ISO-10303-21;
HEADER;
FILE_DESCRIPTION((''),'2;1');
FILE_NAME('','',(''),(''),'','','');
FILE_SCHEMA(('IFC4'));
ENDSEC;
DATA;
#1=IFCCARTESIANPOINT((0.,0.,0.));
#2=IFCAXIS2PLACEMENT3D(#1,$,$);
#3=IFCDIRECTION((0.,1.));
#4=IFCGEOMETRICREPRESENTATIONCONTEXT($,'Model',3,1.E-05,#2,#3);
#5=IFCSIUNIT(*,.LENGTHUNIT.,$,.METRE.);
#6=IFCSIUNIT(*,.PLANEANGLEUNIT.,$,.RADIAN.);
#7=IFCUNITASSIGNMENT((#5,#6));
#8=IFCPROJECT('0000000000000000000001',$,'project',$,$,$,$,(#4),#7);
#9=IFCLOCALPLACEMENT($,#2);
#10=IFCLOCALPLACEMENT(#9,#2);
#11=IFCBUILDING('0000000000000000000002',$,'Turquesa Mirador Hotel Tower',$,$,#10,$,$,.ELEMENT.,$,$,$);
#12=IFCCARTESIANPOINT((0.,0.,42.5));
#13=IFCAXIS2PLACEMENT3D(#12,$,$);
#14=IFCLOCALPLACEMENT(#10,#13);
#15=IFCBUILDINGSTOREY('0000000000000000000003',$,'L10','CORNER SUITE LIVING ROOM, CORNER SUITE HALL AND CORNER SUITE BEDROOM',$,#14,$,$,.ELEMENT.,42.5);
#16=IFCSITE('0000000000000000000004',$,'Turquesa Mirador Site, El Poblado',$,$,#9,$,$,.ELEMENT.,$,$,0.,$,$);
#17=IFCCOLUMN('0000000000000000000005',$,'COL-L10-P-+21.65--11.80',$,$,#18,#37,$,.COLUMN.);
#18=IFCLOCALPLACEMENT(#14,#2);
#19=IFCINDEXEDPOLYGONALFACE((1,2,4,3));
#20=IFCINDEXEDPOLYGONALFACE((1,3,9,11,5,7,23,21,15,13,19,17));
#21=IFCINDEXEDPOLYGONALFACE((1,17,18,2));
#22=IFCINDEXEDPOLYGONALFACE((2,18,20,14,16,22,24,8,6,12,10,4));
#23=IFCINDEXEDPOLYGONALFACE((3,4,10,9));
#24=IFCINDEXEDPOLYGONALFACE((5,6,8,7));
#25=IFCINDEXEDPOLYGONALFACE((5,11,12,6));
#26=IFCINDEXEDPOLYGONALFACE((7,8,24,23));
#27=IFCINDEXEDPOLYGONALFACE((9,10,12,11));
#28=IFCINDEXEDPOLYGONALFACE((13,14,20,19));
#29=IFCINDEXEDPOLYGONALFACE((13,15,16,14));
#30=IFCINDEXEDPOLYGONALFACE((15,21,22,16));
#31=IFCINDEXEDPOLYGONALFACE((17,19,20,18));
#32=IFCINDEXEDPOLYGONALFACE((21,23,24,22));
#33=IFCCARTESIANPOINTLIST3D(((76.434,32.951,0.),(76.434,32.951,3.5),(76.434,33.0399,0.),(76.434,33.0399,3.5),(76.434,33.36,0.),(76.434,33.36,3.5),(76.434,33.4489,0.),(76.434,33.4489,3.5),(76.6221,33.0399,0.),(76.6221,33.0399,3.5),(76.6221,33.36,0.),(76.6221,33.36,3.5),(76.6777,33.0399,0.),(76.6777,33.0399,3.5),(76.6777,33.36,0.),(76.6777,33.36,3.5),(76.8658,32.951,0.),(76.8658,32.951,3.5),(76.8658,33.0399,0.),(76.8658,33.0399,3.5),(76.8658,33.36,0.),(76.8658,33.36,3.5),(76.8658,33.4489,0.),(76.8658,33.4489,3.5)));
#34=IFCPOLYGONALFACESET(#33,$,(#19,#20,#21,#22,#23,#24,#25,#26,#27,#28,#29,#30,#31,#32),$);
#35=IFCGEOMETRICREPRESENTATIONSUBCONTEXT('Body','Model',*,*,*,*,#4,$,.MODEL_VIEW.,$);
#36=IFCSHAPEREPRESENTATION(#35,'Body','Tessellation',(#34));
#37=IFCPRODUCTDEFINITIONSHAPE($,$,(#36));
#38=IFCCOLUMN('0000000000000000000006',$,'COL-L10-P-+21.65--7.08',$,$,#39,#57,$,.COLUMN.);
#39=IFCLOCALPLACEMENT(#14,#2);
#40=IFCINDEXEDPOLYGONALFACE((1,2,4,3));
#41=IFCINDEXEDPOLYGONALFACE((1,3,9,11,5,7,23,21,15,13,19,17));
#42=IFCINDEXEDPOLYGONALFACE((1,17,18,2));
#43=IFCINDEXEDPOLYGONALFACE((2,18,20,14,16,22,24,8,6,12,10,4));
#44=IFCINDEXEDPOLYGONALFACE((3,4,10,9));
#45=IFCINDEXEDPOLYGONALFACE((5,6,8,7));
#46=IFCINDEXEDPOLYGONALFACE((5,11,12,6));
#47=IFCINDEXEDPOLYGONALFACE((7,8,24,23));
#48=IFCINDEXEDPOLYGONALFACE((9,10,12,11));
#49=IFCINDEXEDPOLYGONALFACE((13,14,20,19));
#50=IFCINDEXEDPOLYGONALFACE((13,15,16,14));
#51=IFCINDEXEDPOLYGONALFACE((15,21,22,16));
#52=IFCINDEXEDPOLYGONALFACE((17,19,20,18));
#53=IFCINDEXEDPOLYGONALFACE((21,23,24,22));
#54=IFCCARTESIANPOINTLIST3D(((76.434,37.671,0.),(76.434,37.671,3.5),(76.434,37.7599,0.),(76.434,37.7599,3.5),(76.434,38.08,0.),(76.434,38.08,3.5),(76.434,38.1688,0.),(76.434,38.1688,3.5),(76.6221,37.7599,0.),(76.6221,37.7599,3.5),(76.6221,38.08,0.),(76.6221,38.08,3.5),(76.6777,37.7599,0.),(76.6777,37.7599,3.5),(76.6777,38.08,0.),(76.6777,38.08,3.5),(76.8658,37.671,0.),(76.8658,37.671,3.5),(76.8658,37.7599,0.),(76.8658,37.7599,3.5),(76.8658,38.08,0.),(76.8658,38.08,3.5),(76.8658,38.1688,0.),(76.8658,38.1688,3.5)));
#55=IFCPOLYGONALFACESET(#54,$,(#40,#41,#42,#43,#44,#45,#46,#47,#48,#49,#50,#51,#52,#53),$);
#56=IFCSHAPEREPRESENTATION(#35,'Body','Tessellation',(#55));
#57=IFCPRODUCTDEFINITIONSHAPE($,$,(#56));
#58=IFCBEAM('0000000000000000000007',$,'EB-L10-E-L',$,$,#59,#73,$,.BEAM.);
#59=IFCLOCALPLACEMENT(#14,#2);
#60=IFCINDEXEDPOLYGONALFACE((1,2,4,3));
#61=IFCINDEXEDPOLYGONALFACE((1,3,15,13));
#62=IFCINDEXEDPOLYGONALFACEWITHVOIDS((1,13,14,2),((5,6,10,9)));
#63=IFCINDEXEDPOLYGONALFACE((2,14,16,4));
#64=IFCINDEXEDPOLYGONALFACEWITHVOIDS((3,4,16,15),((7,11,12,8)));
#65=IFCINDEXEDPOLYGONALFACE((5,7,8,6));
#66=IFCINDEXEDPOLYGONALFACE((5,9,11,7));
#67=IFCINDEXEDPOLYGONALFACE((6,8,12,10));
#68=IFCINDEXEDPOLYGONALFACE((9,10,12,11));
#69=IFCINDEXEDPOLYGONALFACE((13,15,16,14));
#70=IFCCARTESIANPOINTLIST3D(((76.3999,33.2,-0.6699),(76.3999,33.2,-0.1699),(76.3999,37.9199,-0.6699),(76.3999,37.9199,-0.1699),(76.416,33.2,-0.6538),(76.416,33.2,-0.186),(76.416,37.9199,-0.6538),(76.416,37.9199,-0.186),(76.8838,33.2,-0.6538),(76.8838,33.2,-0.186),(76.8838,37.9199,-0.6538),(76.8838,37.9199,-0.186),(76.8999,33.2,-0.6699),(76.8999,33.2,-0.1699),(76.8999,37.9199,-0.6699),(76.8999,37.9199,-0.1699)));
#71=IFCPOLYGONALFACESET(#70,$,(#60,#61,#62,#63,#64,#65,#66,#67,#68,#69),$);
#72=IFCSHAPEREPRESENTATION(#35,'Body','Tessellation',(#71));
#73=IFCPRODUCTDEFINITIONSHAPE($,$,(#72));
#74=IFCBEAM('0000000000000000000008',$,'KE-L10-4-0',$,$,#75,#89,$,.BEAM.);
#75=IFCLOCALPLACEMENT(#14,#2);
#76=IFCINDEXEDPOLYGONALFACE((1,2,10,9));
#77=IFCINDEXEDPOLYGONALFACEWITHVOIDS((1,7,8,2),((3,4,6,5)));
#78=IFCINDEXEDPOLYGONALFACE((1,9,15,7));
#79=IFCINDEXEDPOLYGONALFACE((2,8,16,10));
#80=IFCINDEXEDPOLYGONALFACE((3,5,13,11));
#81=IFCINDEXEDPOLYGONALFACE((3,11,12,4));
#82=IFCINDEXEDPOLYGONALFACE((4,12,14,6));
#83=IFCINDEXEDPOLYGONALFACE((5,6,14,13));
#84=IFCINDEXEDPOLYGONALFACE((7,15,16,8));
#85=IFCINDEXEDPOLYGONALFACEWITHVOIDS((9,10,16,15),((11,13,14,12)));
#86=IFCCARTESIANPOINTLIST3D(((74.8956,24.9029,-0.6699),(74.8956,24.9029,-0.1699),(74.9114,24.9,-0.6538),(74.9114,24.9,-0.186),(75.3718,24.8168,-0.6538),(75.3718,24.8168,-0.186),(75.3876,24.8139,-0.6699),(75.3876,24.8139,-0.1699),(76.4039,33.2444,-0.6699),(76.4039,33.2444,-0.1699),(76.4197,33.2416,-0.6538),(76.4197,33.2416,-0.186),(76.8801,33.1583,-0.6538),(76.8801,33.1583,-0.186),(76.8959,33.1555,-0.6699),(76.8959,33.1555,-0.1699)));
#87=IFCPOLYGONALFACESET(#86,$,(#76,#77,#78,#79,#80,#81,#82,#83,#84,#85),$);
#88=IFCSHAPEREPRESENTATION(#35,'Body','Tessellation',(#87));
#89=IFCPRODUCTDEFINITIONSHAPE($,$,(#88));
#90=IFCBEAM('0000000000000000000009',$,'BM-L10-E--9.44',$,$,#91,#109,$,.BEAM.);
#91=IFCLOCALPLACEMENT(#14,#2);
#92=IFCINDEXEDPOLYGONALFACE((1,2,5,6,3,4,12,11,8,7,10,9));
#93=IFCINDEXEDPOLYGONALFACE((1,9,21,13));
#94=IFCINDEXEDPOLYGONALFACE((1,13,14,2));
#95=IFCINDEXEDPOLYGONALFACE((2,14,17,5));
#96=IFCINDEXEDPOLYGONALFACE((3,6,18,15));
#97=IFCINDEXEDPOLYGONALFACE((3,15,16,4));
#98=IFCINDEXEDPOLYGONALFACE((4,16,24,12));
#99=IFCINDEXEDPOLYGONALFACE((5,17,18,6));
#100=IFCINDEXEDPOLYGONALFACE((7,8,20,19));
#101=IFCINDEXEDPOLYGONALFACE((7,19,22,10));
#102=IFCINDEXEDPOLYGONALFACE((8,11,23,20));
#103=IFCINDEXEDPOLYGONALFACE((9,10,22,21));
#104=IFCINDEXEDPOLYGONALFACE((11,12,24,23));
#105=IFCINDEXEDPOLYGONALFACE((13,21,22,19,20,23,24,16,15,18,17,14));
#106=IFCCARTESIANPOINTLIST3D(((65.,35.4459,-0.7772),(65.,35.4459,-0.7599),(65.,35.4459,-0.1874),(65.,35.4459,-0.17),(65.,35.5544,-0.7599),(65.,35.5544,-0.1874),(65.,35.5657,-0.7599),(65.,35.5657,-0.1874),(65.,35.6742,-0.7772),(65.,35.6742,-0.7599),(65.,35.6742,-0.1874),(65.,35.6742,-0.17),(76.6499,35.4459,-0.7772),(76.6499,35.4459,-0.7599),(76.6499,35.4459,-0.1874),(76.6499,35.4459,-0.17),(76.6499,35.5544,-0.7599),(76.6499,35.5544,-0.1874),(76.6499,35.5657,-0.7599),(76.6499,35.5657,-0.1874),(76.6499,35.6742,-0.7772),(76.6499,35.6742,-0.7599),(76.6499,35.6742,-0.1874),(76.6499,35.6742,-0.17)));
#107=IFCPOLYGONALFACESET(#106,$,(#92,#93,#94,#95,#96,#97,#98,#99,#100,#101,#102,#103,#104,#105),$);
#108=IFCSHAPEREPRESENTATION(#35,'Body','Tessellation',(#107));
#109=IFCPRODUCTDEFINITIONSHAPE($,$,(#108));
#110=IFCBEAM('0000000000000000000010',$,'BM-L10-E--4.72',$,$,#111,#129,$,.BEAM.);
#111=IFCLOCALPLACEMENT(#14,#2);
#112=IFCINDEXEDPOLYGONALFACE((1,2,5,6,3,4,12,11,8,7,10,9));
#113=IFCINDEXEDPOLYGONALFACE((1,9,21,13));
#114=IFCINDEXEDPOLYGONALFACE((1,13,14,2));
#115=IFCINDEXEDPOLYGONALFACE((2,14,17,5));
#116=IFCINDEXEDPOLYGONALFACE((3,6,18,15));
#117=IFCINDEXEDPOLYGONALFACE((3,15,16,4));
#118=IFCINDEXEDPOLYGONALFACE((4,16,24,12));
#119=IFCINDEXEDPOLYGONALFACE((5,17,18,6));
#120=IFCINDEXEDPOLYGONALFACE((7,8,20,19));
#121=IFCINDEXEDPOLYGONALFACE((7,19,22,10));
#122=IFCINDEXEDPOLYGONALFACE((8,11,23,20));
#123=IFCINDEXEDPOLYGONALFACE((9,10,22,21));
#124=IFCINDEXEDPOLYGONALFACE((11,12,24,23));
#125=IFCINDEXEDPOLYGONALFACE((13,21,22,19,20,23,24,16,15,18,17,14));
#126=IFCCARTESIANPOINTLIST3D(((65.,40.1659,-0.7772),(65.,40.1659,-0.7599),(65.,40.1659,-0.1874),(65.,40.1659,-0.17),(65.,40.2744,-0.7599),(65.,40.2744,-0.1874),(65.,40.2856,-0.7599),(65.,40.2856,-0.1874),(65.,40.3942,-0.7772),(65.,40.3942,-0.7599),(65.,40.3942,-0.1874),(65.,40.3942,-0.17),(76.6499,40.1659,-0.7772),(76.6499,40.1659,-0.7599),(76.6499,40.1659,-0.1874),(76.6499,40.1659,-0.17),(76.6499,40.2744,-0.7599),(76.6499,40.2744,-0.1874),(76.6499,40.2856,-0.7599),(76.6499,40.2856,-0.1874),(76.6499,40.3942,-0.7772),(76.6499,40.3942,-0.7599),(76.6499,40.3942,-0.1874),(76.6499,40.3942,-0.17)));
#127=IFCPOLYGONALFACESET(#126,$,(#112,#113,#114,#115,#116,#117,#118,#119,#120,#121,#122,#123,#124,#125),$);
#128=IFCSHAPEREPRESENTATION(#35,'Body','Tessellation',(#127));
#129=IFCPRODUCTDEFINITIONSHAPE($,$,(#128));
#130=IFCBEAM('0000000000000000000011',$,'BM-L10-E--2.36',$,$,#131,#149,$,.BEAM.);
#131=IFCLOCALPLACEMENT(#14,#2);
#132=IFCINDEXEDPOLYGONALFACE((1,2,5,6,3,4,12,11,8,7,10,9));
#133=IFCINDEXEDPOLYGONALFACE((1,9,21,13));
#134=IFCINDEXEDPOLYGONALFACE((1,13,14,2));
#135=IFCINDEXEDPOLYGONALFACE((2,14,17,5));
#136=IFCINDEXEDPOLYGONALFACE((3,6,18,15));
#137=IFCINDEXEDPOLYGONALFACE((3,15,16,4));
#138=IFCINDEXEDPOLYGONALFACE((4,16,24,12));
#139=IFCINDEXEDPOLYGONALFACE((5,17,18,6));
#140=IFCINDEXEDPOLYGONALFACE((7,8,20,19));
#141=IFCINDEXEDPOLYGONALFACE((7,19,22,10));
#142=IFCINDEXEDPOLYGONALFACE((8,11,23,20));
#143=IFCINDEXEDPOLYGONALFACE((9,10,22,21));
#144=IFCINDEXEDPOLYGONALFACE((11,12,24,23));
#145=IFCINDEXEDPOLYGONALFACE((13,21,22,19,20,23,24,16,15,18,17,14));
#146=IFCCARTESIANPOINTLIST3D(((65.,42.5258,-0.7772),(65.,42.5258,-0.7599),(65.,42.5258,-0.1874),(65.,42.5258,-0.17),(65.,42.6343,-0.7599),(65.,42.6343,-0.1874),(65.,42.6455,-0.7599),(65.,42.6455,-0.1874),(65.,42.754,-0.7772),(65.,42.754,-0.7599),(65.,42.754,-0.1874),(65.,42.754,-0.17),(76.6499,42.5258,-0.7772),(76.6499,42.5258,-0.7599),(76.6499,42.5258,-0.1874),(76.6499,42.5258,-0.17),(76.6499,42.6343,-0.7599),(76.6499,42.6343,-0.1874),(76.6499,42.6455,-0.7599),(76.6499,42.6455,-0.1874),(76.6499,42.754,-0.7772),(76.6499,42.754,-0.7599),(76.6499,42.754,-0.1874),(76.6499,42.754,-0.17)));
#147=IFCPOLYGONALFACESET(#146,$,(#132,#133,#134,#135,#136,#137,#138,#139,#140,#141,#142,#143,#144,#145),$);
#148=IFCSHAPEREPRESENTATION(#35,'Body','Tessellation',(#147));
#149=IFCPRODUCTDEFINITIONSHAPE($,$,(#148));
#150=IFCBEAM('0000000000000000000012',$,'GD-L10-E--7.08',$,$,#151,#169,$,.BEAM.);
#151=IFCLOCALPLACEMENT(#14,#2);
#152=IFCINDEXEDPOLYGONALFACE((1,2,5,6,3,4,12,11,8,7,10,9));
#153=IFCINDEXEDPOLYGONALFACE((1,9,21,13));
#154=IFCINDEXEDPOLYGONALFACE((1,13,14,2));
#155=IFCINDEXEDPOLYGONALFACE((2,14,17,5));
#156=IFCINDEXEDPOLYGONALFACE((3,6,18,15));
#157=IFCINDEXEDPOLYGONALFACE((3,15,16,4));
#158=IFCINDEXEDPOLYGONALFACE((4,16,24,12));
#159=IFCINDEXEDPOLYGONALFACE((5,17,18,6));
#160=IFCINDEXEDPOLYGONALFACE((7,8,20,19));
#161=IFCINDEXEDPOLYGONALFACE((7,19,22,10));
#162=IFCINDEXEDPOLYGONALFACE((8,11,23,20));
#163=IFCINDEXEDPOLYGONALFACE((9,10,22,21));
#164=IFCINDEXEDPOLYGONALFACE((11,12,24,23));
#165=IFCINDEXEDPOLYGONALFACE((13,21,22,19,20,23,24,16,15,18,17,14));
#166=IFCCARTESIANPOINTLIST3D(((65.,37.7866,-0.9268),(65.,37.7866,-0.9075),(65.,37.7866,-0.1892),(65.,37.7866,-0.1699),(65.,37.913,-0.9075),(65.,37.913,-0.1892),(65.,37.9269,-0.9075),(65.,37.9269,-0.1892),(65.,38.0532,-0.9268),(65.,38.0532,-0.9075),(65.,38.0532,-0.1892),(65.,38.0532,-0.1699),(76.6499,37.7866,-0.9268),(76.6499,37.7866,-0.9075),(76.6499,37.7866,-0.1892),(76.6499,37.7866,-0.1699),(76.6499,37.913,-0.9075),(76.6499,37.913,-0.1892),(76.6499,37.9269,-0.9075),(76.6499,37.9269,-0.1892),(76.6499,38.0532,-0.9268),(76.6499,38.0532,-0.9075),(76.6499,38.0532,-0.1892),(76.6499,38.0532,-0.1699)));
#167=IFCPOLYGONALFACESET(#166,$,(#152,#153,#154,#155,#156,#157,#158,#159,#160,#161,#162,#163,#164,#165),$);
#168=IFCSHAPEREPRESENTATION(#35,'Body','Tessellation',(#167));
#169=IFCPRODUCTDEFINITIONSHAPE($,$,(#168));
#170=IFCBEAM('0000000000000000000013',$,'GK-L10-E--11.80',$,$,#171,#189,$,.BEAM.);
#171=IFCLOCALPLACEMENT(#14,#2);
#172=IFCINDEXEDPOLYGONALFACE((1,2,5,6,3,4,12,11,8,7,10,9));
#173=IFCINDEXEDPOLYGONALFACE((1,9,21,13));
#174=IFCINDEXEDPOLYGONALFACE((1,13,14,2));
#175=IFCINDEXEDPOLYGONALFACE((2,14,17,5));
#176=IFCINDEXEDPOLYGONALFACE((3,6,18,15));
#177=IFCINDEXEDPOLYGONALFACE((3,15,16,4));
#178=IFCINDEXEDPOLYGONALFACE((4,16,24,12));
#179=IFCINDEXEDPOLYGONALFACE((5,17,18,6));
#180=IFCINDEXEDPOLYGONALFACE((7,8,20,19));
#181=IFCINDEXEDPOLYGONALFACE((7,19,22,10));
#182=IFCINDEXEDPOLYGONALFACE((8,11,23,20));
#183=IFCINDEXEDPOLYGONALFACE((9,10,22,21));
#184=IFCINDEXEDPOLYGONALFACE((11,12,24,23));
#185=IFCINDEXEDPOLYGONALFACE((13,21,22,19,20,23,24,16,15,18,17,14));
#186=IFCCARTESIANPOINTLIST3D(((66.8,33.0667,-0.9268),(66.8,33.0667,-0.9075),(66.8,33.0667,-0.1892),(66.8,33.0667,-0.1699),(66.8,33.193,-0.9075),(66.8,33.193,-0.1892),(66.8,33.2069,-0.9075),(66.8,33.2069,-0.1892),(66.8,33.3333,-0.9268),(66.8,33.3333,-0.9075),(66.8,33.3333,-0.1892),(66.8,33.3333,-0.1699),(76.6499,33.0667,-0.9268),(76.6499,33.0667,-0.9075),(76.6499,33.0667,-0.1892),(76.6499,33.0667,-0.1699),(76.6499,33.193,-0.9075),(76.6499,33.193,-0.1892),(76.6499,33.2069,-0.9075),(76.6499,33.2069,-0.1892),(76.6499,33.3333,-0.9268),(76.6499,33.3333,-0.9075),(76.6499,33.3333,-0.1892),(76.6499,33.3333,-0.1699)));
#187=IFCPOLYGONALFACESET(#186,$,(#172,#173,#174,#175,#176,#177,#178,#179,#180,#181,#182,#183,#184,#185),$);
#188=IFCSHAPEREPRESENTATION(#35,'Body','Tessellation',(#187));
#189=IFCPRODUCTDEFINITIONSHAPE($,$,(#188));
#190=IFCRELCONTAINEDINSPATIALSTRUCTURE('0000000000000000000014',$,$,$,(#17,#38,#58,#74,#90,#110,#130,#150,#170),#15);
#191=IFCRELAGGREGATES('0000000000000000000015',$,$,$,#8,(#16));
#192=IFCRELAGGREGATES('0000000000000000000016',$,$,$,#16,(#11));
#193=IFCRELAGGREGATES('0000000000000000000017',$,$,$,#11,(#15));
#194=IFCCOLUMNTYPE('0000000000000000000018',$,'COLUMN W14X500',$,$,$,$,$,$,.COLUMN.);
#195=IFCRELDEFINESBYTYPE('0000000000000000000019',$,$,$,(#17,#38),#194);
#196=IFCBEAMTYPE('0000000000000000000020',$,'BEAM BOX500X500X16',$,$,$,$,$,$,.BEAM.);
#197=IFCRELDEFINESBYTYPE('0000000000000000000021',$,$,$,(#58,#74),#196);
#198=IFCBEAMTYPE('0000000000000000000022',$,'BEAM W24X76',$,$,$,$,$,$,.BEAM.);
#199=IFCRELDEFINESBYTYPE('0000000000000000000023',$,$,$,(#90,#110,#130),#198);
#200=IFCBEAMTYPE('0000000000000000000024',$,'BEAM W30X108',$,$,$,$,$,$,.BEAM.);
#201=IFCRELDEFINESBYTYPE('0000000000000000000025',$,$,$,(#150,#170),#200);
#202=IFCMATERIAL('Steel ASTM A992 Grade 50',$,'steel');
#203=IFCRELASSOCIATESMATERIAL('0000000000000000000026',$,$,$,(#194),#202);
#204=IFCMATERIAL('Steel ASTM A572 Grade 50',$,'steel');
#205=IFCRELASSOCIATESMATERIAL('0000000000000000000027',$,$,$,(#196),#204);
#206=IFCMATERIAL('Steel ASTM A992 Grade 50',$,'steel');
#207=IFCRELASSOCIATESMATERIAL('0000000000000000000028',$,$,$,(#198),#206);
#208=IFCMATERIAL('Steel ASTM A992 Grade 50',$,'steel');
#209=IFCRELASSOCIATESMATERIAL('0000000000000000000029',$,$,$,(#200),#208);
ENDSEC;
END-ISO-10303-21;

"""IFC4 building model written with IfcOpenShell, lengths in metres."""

from ifc_helpers import new_model, si_unit, direction, frame, origin, origin_2d, place, context, subcontext, project, spatial, hollow_rectangle, i_section, extrude, material, material_profile, profile_set, type_object, element, save


model = new_model("IFC4")

# Units and contexts
model_context = context("Model", 3, precision=1e-05, world=origin(), true_north=direction((0.0, 1.0)))
body_context = subcontext(model_context, "Body", "Model", "MODEL_VIEW")
ifc_project = project(units=[si_unit("LENGTHUNIT", "METRE"), si_unit("PLANEANGLEUNIT", "RADIAN")], contexts=[model_context])

# Site, building, storey
site_placement = place(None, origin())
site = spatial("IfcSite", under=ifc_project, at=site_placement, Name="Turquesa Mirador Site, El Poblado", CompositionType="ELEMENT", RefElevation=0.0)
building_placement = place(site_placement, origin())
building = spatial("IfcBuilding", under=site, at=building_placement, Name="Turquesa Mirador Hotel Tower", CompositionType="ELEMENT")
storey_placement = place(building_placement, frame((0.0, 0.0, 42.5)))
storey = spatial("IfcBuildingStorey", under=building, at=storey_placement, Name="L10", Description="CORNER SUITE LIVING ROOM, CORNER SUITE HALL AND CORNER SUITE BEDROOM", CompositionType="ELEMENT", Elevation=42.5)

# Columns
ifc_material_1 = material(Name="Steel ASTM A992 Grade 50", Category="steel")
ifc_material_profile_1 = material_profile(ifc_material_1, i_section(OverallWidth=0.4319, OverallDepth=0.4978, WebThickness=0.0557, FlangeThickness=0.0889, at=origin_2d()), Name="W14X500")
ifc_profile_set_1 = profile_set([ifc_material_profile_1], Name="Steel ASTM A992 Grade 50")
column_type = type_object("IfcColumnType", Name="COLUMN W14X500", PredefinedType="COLUMN", material=ifc_profile_set_1)
for number, where, z_axis, x_axis, name in (
    (1, (76.6499, 33.2, 0.0), (0.0, 0.0, 1.0), (1.0, 0.0, 0.0), "COL-L10-P-+21.65--11.80"),
    (2, (76.6499, 37.9199, 0.0), (0.0, 0.0, 1.0), (1.0, 0.0, 0.0), "COL-L10-P-+21.65--7.08"),
):
    element("IfcColumn", number, at=place(storey_placement, frame(where, z_axis=z_axis, x_axis=x_axis)), inside=storey, type_object=column_type, Name=name, PredefinedType="COLUMN", context=body_context, shape_type="SweptSolid", body=[
        extrude(i_section(OverallWidth=0.4319, OverallDepth=0.4978, WebThickness=0.0557, FlangeThickness=0.0889, at=origin_2d()), origin(), (0.0, 0.0, 1.0), 3.5),
    ])

# Beams
ifc_material_2 = material(Name="Steel ASTM A572 Grade 50", Category="steel")
ifc_material_profile_2 = material_profile(ifc_material_2, hollow_rectangle(XDim=0.5, YDim=0.5, WallThickness=0.0161, at=origin_2d()), Name="BOX500X500X16")
ifc_profile_set_2 = profile_set([ifc_material_profile_2], Name="Steel ASTM A572 Grade 50")
beam_type_1 = type_object("IfcBeamType", Name="BEAM BOX500X500X16", PredefinedType="BEAM", material=ifc_profile_set_2)
beam_1_placement = place(storey_placement, frame((76.6499, 33.2, -0.4199), z_axis=(0.0, 1.0, 0.0), x_axis=(-1.0, 0.0, 0.0)))
element("IfcBeam", 3, at=beam_1_placement, inside=storey, type_object=beam_type_1, Name="EB-L10-E-L", PredefinedType="BEAM", context=body_context, shape_type="SweptSolid", body=[
    extrude(hollow_rectangle(XDim=0.5, YDim=0.5, WallThickness=0.0161, at=origin_2d()), origin(), (0.0, 0.0, 1.0), 4.72),
])
beam_2_placement = place(storey_placement, frame((76.6499, 33.2, -0.4199), z_axis=(-0.177932, -0.984043, 0.0), x_axis=(0.984043, -0.177932, 0.0)))
element("IfcBeam", 4, at=beam_2_placement, inside=storey, type_object=beam_type_1, Name="KE-L10-4-0", PredefinedType="BEAM", context=body_context, shape_type="SweptSolid", body=[
    extrude(hollow_rectangle(XDim=0.5, YDim=0.5, WallThickness=0.0161, at=origin_2d()), origin(), (0.0, 0.0, 1.0), 8.4768),
])
ifc_material_3 = material(Name="Steel ASTM A992 Grade 50", Category="steel")
ifc_material_profile_3 = material_profile(ifc_material_3, i_section(OverallWidth=0.2283, OverallDepth=0.6072, WebThickness=0.0112, FlangeThickness=0.0173, at=origin_2d()), Name="W24X76")
ifc_profile_set_3 = profile_set([ifc_material_profile_3], Name="Steel ASTM A992 Grade 50")
beam_type_2 = type_object("IfcBeamType", Name="BEAM W24X76", PredefinedType="BEAM", material=ifc_profile_set_3)
for number, where, z_axis, x_axis, name in (
    (5, (76.6499, 35.5601, -0.4736), (-1.0, 0.0, 0.0), (0.0, -1.0, 0.0), "BM-L10-E--9.44"),
    (6, (76.6499, 40.28, -0.4736), (-1.0, 0.0, 0.0), (0.0, -1.0, 0.0), "BM-L10-E--4.72"),
    (7, (76.6499, 42.6399, -0.4736), (-1.0, 0.0, 0.0), (0.0, -1.0, 0.0), "BM-L10-E--2.36"),
):
    element("IfcBeam", number, at=place(storey_placement, frame(where, z_axis=z_axis, x_axis=x_axis)), inside=storey, type_object=beam_type_2, Name=name, PredefinedType="BEAM", context=body_context, shape_type="SweptSolid", body=[
        extrude(i_section(OverallWidth=0.2283, OverallDepth=0.6072, WebThickness=0.0112, FlangeThickness=0.0173, at=origin_2d()), origin(), (0.0, 0.0, 1.0), 11.6499),
    ])
ifc_material_4 = material(Name="Steel ASTM A992 Grade 50", Category="steel")
ifc_material_profile_4 = material_profile(ifc_material_4, i_section(OverallWidth=0.2666, OverallDepth=0.7568, WebThickness=0.0139, FlangeThickness=0.0193, at=origin_2d()), Name="W30X108")
ifc_profile_set_4 = profile_set([ifc_material_profile_4], Name="Steel ASTM A992 Grade 50")
beam_type_3 = type_object("IfcBeamType", Name="BEAM W30X108", PredefinedType="BEAM", material=ifc_profile_set_4)
beam_3_placement = place(storey_placement, frame((76.6499, 37.9199, -0.5483), z_axis=(-1.0, 0.0, 0.0), x_axis=(0.0, -1.0, 0.0)))
element("IfcBeam", 8, at=beam_3_placement, inside=storey, type_object=beam_type_3, Name="GD-L10-E--7.08", PredefinedType="BEAM", context=body_context, shape_type="SweptSolid", body=[
    extrude(i_section(OverallWidth=0.2666, OverallDepth=0.7568, WebThickness=0.0139, FlangeThickness=0.0193, at=origin_2d()), origin(), (0.0, 0.0, 1.0), 11.6499),
])
beam_4_placement = place(storey_placement, frame((76.6499, 33.2, -0.5483), z_axis=(-1.0, 0.0, 0.0), x_axis=(0.0, -1.0, 0.0)))
element("IfcBeam", 9, at=beam_4_placement, inside=storey, type_object=beam_type_3, Name="GK-L10-E--11.80", PredefinedType="BEAM", context=body_context, shape_type="SweptSolid", body=[
    extrude(i_section(OverallWidth=0.2666, OverallDepth=0.7568, WebThickness=0.0139, FlangeThickness=0.0193, at=origin_2d()), origin(), (0.0, 0.0, 1.0), 9.8499),
])

save(model, "model.ifc")
